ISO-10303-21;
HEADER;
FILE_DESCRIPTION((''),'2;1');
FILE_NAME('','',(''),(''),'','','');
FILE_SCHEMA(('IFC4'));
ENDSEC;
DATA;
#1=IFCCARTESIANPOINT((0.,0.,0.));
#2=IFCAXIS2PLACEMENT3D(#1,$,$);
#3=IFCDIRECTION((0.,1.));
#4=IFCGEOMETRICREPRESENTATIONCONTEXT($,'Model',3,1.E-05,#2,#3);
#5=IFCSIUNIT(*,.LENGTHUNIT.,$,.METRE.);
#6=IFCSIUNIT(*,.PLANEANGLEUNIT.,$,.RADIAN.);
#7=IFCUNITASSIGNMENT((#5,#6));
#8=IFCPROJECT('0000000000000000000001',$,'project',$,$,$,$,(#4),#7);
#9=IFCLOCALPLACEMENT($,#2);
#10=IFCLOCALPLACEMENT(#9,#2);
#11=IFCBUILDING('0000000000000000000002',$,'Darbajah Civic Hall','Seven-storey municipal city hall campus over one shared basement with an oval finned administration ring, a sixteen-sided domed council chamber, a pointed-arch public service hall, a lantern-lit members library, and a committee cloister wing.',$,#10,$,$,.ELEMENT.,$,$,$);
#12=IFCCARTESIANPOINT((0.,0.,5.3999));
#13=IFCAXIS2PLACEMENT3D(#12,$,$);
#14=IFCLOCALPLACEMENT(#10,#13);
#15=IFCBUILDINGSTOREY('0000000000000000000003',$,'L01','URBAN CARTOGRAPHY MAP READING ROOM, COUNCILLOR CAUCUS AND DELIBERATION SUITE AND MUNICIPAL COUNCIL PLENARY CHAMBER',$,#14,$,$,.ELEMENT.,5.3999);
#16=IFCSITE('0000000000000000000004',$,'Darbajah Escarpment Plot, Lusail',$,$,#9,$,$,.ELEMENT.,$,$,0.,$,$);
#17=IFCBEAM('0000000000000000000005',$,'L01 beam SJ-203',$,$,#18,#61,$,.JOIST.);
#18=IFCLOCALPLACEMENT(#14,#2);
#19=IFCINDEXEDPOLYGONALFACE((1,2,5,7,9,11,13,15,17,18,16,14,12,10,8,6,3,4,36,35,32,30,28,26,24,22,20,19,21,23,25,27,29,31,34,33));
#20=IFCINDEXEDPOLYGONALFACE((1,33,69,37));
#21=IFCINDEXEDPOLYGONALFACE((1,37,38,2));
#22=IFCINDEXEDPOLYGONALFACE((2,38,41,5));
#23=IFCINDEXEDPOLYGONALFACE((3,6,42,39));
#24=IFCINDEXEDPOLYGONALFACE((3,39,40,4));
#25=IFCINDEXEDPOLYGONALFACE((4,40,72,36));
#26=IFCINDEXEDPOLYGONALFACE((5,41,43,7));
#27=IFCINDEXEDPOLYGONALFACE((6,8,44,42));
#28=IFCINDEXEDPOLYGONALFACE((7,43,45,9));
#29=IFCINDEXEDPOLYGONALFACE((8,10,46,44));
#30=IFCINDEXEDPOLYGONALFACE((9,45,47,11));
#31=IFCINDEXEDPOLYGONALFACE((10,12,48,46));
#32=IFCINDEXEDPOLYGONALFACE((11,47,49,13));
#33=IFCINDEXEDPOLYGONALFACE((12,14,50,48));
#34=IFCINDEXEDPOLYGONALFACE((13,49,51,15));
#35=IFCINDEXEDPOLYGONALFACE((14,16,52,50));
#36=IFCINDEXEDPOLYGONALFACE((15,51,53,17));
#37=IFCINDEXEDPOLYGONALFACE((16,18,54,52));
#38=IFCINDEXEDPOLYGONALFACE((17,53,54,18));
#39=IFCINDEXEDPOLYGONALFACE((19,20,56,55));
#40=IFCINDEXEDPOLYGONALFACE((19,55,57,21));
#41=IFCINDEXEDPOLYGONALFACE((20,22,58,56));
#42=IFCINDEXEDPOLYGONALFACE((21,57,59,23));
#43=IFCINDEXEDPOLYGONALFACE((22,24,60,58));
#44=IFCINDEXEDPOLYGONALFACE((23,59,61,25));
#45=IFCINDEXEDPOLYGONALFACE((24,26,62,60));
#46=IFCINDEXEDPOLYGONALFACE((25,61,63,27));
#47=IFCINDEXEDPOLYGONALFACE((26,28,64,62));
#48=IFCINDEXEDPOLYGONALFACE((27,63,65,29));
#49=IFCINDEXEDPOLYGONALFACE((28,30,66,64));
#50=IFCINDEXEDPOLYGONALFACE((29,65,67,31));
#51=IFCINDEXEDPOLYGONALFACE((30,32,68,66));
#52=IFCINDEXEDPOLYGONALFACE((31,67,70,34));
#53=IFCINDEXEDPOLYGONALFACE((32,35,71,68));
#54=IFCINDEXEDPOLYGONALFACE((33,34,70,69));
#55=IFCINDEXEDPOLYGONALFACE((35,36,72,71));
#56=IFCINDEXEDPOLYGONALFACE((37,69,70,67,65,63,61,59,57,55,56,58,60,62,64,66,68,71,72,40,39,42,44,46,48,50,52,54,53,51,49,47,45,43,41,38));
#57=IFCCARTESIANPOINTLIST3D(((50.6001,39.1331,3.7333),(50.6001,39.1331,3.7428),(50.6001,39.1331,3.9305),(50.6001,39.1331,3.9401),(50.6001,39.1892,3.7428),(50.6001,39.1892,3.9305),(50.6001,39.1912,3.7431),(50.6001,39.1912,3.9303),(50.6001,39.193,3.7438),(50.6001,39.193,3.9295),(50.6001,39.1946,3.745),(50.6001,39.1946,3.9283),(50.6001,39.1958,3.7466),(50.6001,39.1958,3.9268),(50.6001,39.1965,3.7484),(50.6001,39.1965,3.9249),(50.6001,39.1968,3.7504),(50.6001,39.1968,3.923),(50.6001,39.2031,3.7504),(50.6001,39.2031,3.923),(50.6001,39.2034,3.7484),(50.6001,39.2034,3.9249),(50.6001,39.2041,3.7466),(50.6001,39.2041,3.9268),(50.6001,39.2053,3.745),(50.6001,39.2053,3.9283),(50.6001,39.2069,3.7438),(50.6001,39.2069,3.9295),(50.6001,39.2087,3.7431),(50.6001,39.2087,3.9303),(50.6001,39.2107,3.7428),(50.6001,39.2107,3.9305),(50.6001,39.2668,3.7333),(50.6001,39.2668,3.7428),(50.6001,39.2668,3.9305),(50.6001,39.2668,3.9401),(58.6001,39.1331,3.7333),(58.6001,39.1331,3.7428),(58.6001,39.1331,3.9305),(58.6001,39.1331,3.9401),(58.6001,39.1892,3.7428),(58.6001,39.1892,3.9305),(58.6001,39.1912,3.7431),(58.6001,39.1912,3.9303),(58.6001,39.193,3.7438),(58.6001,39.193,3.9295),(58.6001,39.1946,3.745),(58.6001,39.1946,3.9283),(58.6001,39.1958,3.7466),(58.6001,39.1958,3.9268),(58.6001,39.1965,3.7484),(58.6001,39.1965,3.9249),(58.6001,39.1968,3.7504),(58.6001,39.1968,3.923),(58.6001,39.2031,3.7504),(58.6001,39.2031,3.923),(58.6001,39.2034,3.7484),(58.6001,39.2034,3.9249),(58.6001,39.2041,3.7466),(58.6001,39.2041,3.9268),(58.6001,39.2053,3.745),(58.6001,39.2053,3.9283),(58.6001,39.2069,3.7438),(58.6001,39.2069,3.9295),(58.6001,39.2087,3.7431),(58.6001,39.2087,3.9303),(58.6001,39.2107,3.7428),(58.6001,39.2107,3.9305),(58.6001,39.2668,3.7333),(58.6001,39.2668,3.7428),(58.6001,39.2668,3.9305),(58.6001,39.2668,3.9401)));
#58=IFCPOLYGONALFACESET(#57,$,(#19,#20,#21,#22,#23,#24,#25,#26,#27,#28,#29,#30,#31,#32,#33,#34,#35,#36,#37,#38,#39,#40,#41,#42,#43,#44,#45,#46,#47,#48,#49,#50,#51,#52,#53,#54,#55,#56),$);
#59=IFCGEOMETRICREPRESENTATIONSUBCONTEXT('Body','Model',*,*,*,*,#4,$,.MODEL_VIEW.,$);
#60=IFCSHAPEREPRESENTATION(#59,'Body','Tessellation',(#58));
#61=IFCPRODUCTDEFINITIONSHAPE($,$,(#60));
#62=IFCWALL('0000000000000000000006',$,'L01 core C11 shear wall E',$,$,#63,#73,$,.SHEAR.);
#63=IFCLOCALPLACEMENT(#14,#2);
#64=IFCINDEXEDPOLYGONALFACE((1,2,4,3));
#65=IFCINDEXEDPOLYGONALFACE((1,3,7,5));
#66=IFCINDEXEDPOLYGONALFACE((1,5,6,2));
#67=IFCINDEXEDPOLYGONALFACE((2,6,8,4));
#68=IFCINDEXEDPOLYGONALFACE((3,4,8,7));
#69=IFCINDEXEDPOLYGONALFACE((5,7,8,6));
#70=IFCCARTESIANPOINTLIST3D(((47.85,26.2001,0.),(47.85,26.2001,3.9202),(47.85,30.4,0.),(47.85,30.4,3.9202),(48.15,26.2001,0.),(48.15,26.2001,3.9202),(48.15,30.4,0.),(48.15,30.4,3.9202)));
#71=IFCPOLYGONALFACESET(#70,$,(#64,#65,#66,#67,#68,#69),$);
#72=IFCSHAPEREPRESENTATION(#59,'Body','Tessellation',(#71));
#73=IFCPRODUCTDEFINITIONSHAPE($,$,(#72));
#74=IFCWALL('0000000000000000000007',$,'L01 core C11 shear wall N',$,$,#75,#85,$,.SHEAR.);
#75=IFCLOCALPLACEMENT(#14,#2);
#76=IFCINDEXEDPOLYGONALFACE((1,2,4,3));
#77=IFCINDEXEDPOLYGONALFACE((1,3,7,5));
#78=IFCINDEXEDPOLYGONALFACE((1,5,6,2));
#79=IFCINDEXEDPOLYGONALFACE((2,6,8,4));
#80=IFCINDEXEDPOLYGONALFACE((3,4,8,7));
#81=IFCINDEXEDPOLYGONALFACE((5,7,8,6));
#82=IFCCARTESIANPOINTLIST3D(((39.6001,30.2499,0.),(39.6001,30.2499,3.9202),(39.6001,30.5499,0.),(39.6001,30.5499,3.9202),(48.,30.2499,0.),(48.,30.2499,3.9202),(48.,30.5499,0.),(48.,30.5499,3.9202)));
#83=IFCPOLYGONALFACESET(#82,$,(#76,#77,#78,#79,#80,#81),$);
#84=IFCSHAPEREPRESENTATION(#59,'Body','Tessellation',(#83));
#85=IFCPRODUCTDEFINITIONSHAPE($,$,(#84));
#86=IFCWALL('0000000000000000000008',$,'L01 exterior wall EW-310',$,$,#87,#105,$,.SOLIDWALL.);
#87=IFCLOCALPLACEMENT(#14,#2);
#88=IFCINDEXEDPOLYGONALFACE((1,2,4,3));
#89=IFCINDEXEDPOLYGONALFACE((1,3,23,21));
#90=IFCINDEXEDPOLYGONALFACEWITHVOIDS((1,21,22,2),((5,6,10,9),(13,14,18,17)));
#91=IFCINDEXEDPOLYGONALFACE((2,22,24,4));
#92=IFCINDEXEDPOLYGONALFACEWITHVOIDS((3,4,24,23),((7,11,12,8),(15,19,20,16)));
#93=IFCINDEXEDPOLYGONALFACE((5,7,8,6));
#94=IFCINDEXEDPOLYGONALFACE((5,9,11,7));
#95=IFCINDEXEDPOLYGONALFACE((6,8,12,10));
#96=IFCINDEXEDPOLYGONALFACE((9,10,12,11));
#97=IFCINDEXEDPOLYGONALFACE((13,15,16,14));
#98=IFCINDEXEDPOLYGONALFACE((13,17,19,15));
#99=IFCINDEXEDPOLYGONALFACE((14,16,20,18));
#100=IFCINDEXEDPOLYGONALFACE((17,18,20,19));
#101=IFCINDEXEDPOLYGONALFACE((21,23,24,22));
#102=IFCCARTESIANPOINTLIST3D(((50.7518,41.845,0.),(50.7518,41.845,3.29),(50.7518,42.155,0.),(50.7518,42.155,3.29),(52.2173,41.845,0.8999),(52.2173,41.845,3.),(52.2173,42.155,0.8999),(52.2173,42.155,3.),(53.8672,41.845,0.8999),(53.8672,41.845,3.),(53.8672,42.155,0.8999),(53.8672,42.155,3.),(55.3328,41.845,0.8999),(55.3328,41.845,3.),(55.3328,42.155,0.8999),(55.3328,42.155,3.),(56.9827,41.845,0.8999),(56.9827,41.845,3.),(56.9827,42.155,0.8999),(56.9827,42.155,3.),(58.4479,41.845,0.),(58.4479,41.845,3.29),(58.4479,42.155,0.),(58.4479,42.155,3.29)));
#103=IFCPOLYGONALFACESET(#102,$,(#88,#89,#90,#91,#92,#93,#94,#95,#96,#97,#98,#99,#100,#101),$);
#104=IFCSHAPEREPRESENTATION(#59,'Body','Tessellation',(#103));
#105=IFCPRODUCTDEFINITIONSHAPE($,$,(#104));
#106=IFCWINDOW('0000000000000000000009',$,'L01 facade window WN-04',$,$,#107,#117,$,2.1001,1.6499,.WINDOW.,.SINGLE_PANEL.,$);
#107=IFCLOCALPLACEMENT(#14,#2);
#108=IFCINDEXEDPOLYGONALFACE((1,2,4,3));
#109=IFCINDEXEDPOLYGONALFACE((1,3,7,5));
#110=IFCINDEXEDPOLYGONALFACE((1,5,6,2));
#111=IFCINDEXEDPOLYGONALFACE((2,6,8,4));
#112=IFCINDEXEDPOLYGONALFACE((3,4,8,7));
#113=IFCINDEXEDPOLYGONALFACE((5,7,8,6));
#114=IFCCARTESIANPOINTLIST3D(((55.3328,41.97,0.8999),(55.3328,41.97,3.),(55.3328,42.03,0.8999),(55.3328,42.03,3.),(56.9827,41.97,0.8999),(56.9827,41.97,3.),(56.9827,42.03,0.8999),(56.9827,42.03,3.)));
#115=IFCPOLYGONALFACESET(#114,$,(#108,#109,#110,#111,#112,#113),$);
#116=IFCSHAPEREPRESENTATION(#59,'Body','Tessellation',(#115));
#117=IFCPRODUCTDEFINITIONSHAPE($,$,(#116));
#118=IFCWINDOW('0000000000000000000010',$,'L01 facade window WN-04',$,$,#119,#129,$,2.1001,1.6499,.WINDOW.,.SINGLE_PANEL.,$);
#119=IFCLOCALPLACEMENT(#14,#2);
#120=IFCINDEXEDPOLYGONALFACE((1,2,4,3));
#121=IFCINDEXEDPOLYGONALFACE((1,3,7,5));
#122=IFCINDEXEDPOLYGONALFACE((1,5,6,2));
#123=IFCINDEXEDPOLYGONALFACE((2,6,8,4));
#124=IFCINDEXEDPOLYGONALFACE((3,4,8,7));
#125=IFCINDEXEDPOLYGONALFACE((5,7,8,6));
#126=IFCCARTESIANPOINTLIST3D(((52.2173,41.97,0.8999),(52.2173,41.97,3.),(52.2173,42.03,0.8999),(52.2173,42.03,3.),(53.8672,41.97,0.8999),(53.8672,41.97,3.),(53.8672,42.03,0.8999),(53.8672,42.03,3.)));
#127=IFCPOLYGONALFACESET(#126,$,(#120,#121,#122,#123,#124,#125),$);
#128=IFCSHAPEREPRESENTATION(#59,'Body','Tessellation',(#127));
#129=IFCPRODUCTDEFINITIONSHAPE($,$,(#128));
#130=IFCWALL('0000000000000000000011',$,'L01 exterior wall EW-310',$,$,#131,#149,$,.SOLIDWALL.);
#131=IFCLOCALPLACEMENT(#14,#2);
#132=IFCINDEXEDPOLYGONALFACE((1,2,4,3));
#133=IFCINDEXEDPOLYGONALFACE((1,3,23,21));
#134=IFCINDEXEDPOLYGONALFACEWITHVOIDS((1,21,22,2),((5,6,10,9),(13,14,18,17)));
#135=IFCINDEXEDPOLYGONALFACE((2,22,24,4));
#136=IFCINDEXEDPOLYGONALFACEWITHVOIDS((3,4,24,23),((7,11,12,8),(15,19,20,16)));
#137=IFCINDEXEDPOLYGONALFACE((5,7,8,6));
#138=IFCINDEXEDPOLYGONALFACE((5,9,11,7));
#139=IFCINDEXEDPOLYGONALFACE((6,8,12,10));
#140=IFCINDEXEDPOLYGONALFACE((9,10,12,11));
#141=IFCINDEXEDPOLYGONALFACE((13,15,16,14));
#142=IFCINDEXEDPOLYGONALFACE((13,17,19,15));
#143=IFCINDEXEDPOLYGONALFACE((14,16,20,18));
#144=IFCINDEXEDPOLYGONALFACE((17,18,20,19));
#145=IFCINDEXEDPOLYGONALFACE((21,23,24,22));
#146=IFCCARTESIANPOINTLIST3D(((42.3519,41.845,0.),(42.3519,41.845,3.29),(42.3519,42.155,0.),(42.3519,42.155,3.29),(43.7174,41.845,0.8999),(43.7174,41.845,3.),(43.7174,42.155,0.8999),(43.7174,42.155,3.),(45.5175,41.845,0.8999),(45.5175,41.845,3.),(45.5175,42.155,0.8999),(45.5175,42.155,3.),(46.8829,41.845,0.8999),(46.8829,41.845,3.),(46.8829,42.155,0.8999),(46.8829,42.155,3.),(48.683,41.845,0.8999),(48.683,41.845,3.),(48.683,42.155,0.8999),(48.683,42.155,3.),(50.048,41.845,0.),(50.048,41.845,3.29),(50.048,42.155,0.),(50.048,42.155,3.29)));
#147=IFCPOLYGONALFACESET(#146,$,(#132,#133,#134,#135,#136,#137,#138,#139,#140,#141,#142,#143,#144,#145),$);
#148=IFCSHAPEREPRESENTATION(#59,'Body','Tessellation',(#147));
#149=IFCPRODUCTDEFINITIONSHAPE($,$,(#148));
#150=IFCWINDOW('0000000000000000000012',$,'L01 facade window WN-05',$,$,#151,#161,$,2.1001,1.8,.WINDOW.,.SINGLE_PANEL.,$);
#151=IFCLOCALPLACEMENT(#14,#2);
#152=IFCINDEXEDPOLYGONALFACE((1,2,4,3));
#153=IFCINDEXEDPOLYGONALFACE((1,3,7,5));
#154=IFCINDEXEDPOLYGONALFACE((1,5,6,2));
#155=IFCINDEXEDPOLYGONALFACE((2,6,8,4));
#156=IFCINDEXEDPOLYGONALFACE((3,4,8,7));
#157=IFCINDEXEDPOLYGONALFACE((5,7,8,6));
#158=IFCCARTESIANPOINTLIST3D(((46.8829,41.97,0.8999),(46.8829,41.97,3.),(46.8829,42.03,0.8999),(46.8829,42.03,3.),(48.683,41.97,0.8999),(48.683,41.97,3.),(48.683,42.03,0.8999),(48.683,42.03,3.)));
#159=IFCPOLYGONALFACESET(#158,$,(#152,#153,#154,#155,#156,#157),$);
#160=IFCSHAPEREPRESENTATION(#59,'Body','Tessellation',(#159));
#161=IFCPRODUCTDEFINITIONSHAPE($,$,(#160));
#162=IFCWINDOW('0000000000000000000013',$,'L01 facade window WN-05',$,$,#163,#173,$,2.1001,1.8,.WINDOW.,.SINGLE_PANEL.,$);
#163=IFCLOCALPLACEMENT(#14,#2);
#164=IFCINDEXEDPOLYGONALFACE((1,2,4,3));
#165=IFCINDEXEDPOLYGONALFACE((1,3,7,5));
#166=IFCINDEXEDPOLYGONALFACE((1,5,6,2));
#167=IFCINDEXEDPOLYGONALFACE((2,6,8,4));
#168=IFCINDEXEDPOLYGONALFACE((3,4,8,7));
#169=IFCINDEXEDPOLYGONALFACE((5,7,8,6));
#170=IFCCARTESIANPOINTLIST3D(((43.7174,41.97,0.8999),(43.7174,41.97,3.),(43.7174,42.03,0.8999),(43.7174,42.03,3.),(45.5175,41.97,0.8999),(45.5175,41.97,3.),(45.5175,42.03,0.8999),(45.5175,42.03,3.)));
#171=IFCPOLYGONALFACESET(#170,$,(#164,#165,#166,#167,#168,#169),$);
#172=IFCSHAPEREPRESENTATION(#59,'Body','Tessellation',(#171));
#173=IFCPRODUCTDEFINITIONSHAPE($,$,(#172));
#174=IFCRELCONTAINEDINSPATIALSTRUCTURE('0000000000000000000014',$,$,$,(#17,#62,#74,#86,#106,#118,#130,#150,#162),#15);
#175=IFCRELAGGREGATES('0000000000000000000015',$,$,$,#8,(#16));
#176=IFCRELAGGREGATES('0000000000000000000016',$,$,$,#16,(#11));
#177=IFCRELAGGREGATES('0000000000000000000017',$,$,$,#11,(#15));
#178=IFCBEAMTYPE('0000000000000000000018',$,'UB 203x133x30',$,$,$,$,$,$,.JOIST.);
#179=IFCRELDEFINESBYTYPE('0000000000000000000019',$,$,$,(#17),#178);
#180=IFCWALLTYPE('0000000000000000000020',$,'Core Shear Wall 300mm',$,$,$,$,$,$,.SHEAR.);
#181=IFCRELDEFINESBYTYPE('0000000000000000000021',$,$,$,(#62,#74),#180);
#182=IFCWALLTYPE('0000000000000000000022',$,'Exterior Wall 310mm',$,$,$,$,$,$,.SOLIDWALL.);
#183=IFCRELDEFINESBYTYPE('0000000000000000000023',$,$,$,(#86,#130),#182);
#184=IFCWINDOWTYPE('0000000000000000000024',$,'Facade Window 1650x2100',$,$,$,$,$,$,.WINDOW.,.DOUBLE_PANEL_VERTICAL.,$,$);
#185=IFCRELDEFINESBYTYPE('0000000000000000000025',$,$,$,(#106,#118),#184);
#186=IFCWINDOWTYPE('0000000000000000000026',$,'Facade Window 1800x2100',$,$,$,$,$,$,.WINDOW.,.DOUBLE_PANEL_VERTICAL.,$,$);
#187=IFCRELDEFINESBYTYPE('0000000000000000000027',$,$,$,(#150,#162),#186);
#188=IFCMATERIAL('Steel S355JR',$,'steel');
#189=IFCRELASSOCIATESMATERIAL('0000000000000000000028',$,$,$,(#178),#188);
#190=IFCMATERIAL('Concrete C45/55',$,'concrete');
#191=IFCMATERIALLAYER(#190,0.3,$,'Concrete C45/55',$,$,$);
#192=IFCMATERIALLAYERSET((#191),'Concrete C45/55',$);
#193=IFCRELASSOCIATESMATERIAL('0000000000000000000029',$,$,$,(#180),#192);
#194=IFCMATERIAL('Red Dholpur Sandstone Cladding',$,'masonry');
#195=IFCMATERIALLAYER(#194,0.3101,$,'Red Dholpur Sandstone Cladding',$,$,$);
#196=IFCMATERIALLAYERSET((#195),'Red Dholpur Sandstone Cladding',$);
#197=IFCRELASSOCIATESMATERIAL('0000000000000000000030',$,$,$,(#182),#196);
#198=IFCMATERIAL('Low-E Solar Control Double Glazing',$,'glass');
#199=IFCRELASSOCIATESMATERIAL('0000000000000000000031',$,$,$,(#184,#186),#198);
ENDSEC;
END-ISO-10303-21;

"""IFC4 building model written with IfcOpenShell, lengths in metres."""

from ifc_helpers import new_model, si_unit, direction, frame, frame_2d, origin, origin_2d, place, context, subcontext, project, spatial, rectangle, i_section, extrude, material, layer, layer_set, material_profile, profile_set, type_object, element, fill, save


model = new_model("IFC4")

# Units and contexts
model_context = context("Model", 3, precision=1e-05, world=origin(), true_north=direction((0.0, 1.0)))
body_context = subcontext(model_context, "Body", "Model", "MODEL_VIEW")
ifc_project = project(units=[si_unit("LENGTHUNIT", "METRE"), si_unit("PLANEANGLEUNIT", "RADIAN")], contexts=[model_context])

# Site, building, storey
site_placement = place(None, origin())
site = spatial("IfcSite", under=ifc_project, at=site_placement, Name="Darbajah Escarpment Plot, Lusail", CompositionType="ELEMENT", RefElevation=0.0)
building_placement = place(site_placement, origin())
building = spatial("IfcBuilding", under=site, at=building_placement, Name="Darbajah Civic Hall", Description="Seven-storey municipal city hall campus over one shared basement with an oval finned administration ring, a sixteen-sided domed council chamber, a pointed-arch public service hall, a lantern-lit members library, and a committee cloister wing.", CompositionType="ELEMENT")
storey_placement = place(building_placement, frame((0.0, 0.0, 5.3999)))
storey = spatial("IfcBuildingStorey", under=building, at=storey_placement, Name="L01", Description="URBAN CARTOGRAPHY MAP READING ROOM, COUNCILLOR CAUCUS AND DELIBERATION SUITE AND MUNICIPAL COUNCIL PLENARY CHAMBER", CompositionType="ELEMENT", Elevation=5.3999)

# Shared definitions
ifc_material_1 = material(Name="Concrete C45/55", Category="concrete")

# Beam
ifc_material_2 = material(Name="Steel S355JR", Category="steel")
ifc_material_profile_1 = material_profile(ifc_material_2, i_section(OverallWidth=0.1338, OverallDepth=0.2068, WebThickness=0.0063, FlangeThickness=0.0095, FilletRadius=0.0076, at=origin_2d()), Name="UB 203x133x30")
ifc_profile_set_1 = profile_set([ifc_material_profile_1], Name="Steel S355JR")
beam_type_1 = type_object("IfcBeamType", Name="UB 203x133x30", PredefinedType="JOIST", material=ifc_profile_set_1)
for number, where, z_axis, x_axis, name in (
    (1, (50.6001, 39.2, 3.8367), (1.0, 0.0, 0.0), (0.0, 1.0, 0.0), "L01 beam SJ-203"),
):
    element("IfcBeam", number, at=place(storey_placement, frame(where, z_axis=z_axis, x_axis=x_axis)), inside=storey, type_object=beam_type_1, Name=name, PredefinedType="JOIST", context=body_context, shape_type="SweptSolid", body=[
        extrude(i_section(OverallWidth=0.1338, OverallDepth=0.2068, WebThickness=0.0063, FlangeThickness=0.0095, FilletRadius=0.0076, at=origin_2d()), origin(), (0.0, 0.0, 1.0), 8.0),
    ])

# Walls
ifc_layer_1 = layer(ifc_material_1, 0.3, Name="Concrete C45/55")
ifc_layer_set_1 = layer_set([ifc_layer_1], Name="Concrete C45/55")
wall_type_1 = type_object("IfcWallType", Name="Core Shear Wall 300mm", PredefinedType="SHEAR", material=ifc_layer_set_1)
wall_1_placement = place(storey_placement, frame((48.0, 26.2, 0.0), z_axis=(0.0, 0.0, 1.0), x_axis=(0.0, 1.0, 0.0)))
element("IfcWall", 2, at=wall_1_placement, inside=storey, type_object=wall_type_1, Name="L01 core C11 shear wall E", PredefinedType="SHEAR", context=body_context, shape_type="SweptSolid", body=[
    extrude(rectangle(XDim=4.2, YDim=0.3, at=frame_2d((2.1001, 0.0))), origin(), (0.0, 0.0, 1.0), 3.9202),
])
wall_2_placement = place(storey_placement, frame((48.0, 30.3999, 0.0), z_axis=(0.0, 0.0, 1.0), x_axis=(-1.0, 0.0, 0.0)))
element("IfcWall", 3, at=wall_2_placement, inside=storey, type_object=wall_type_1, Name="L01 core C11 shear wall N", PredefinedType="SHEAR", context=body_context, shape_type="SweptSolid", body=[
    extrude(rectangle(XDim=8.3999, YDim=0.3, at=frame_2d((4.2, 0.0))), origin(), (0.0, 0.0, 1.0), 3.9202),
])

# Walls, openings, windows
ifc_material_3 = material(Name="Red Dholpur Sandstone Cladding", Category="masonry")
ifc_layer_2 = layer(ifc_material_3, 0.3101, Name="Red Dholpur Sandstone Cladding")
ifc_layer_set_2 = layer_set([ifc_layer_2], Name="Red Dholpur Sandstone Cladding")
wall_type_2 = type_object("IfcWallType", Name="Exterior Wall 310mm", PredefinedType="SOLIDWALL", material=ifc_layer_set_2)
wall_3_placement = place(storey_placement, frame((58.448, 42.0, 0.0), z_axis=(0.0, 0.0, 1.0), x_axis=(-1.0, 0.0, 0.0)))
wall_3 = element("IfcWall", 4, at=wall_3_placement, inside=storey, type_object=wall_type_2, Name="L01 exterior wall EW-310", PredefinedType="SOLIDWALL", context=body_context, shape_type="SweptSolid", body=[
    extrude(rectangle(XDim=7.696, YDim=0.3101, at=frame_2d((3.8481, 0.0))), origin(), (0.0, 0.0, 1.0), 3.29),
])
opening_1_placement = place(wall_3_placement, frame((1.4653, 0.0, 0.8999)))
opening_1 = element("IfcOpeningElement", 5, at=opening_1_placement, cuts=wall_3, PredefinedType="OPENING", context=body_context, shape_type="SweptSolid", body=[
    extrude(rectangle(XDim=1.6499, YDim=2.1001, at=frame_2d((0.825, 1.05))), frame((0.0, 0.165, 0.0), z_axis=(0.0, -1.0, 0.0), x_axis=(1.0, 0.0, 0.0)), (0.0, 0.0, 1.0), 0.3301),
])
opening_2_placement = place(wall_3_placement, frame((4.5808, 0.0, 0.8999)))
opening_2 = element("IfcOpeningElement", 6, at=opening_2_placement, cuts=wall_3, PredefinedType="OPENING", context=body_context, shape_type="SweptSolid", body=[
    extrude(rectangle(XDim=1.6499, YDim=2.1001, at=frame_2d((0.825, 1.05))), frame((0.0, 0.165, 0.0), z_axis=(0.0, -1.0, 0.0), x_axis=(1.0, 0.0, 0.0)), (0.0, 0.0, 1.0), 0.3301),
])
ifc_material_4 = material(Name="Low-E Solar Control Double Glazing", Category="glass")
window_type_1 = type_object("IfcWindowType", Name="Facade Window 1650x2100", PartitioningType="DOUBLE_PANEL_VERTICAL", PredefinedType="WINDOW", material=ifc_material_4)
window_1_placement = place(opening_1_placement, origin())
window_1 = element("IfcWindow", 7, at=window_1_placement, inside=storey, type_object=window_type_1, Name="L01 facade window WN-04", OverallHeight=2.1001, OverallWidth=1.6499, PartitioningType="SINGLE_PANEL", PredefinedType="WINDOW", context=body_context, shape_type="SweptSolid", body=[
    extrude(rectangle(XDim=1.6499, YDim=2.1001, at=frame_2d((0.825, 1.05))), frame((0.0, 0.03, 0.0), z_axis=(0.0, -1.0, 0.0), x_axis=(1.0, 0.0, 0.0)), (0.0, 0.0, 1.0), 0.0601),
])
fill(opening_1, window_1)
window_2_placement = place(opening_2_placement, origin())
window_2 = element("IfcWindow", 8, at=window_2_placement, inside=storey, type_object=window_type_1, Name="L01 facade window WN-04", OverallHeight=2.1001, OverallWidth=1.6499, PartitioningType="SINGLE_PANEL", PredefinedType="WINDOW", context=body_context, shape_type="SweptSolid", body=[
    extrude(rectangle(XDim=1.6499, YDim=2.1001, at=frame_2d((0.825, 1.05))), frame((0.0, 0.03, 0.0), z_axis=(0.0, -1.0, 0.0), x_axis=(1.0, 0.0, 0.0)), (0.0, 0.0, 1.0), 0.0601),
])
fill(opening_2, window_2)
wall_4_placement = place(storey_placement, frame((50.0481, 42.0, 0.0), z_axis=(0.0, 0.0, 1.0), x_axis=(-1.0, 0.0, 0.0)))
wall_4 = element("IfcWall", 9, at=wall_4_placement, inside=storey, type_object=wall_type_2, Name="L01 exterior wall EW-310", PredefinedType="SOLIDWALL", context=body_context, shape_type="SweptSolid", body=[
    extrude(rectangle(XDim=7.696, YDim=0.3101, at=frame_2d((3.8481, 0.0))), origin(), (0.0, 0.0, 1.0), 3.29),
])
opening_3_placement = place(wall_4_placement, frame((1.3652, 0.0, 0.8999)))
opening_3 = element("IfcOpeningElement", 10, at=opening_3_placement, cuts=wall_4, PredefinedType="OPENING", context=body_context, shape_type="SweptSolid", body=[
    extrude(rectangle(XDim=1.8, YDim=2.1001, at=frame_2d((0.8999, 1.05))), frame((0.0, 0.165, 0.0), z_axis=(0.0, -1.0, 0.0), x_axis=(1.0, 0.0, 0.0)), (0.0, 0.0, 1.0), 0.3301),
])
opening_4_placement = place(wall_4_placement, frame((4.5308, 0.0, 0.8999)))
opening_4 = element("IfcOpeningElement", 11, at=opening_4_placement, cuts=wall_4, PredefinedType="OPENING", context=body_context, shape_type="SweptSolid", body=[
    extrude(rectangle(XDim=1.8, YDim=2.1001, at=frame_2d((0.8999, 1.05))), frame((0.0, 0.165, 0.0), z_axis=(0.0, -1.0, 0.0), x_axis=(1.0, 0.0, 0.0)), (0.0, 0.0, 1.0), 0.3301),
])
window_type_2 = type_object("IfcWindowType", Name="Facade Window 1800x2100", PartitioningType="DOUBLE_PANEL_VERTICAL", PredefinedType="WINDOW", material=ifc_material_4)
window_3_placement = place(opening_3_placement, origin())
window_3 = element("IfcWindow", 12, at=window_3_placement, inside=storey, type_object=window_type_2, Name="L01 facade window WN-05", OverallHeight=2.1001, OverallWidth=1.8, PartitioningType="SINGLE_PANEL", PredefinedType="WINDOW", context=body_context, shape_type="SweptSolid", body=[
    extrude(rectangle(XDim=1.8, YDim=2.1001, at=frame_2d((0.8999, 1.05))), frame((0.0, 0.03, 0.0), z_axis=(0.0, -1.0, 0.0), x_axis=(1.0, 0.0, 0.0)), (0.0, 0.0, 1.0), 0.0601),
])
fill(opening_3, window_3)
window_4_placement = place(opening_4_placement, origin())
window_4 = element("IfcWindow", 13, at=window_4_placement, inside=storey, type_object=window_type_2, Name="L01 facade window WN-05", OverallHeight=2.1001, OverallWidth=1.8, PartitioningType="SINGLE_PANEL", PredefinedType="WINDOW", context=body_context, shape_type="SweptSolid", body=[
    extrude(rectangle(XDim=1.8, YDim=2.1001, at=frame_2d((0.8999, 1.05))), frame((0.0, 0.03, 0.0), z_axis=(0.0, -1.0, 0.0), x_axis=(1.0, 0.0, 0.0)), (0.0, 0.0, 1.0), 0.0601),
])
fill(opening_4, window_4)

save(model, "model.ifc")
